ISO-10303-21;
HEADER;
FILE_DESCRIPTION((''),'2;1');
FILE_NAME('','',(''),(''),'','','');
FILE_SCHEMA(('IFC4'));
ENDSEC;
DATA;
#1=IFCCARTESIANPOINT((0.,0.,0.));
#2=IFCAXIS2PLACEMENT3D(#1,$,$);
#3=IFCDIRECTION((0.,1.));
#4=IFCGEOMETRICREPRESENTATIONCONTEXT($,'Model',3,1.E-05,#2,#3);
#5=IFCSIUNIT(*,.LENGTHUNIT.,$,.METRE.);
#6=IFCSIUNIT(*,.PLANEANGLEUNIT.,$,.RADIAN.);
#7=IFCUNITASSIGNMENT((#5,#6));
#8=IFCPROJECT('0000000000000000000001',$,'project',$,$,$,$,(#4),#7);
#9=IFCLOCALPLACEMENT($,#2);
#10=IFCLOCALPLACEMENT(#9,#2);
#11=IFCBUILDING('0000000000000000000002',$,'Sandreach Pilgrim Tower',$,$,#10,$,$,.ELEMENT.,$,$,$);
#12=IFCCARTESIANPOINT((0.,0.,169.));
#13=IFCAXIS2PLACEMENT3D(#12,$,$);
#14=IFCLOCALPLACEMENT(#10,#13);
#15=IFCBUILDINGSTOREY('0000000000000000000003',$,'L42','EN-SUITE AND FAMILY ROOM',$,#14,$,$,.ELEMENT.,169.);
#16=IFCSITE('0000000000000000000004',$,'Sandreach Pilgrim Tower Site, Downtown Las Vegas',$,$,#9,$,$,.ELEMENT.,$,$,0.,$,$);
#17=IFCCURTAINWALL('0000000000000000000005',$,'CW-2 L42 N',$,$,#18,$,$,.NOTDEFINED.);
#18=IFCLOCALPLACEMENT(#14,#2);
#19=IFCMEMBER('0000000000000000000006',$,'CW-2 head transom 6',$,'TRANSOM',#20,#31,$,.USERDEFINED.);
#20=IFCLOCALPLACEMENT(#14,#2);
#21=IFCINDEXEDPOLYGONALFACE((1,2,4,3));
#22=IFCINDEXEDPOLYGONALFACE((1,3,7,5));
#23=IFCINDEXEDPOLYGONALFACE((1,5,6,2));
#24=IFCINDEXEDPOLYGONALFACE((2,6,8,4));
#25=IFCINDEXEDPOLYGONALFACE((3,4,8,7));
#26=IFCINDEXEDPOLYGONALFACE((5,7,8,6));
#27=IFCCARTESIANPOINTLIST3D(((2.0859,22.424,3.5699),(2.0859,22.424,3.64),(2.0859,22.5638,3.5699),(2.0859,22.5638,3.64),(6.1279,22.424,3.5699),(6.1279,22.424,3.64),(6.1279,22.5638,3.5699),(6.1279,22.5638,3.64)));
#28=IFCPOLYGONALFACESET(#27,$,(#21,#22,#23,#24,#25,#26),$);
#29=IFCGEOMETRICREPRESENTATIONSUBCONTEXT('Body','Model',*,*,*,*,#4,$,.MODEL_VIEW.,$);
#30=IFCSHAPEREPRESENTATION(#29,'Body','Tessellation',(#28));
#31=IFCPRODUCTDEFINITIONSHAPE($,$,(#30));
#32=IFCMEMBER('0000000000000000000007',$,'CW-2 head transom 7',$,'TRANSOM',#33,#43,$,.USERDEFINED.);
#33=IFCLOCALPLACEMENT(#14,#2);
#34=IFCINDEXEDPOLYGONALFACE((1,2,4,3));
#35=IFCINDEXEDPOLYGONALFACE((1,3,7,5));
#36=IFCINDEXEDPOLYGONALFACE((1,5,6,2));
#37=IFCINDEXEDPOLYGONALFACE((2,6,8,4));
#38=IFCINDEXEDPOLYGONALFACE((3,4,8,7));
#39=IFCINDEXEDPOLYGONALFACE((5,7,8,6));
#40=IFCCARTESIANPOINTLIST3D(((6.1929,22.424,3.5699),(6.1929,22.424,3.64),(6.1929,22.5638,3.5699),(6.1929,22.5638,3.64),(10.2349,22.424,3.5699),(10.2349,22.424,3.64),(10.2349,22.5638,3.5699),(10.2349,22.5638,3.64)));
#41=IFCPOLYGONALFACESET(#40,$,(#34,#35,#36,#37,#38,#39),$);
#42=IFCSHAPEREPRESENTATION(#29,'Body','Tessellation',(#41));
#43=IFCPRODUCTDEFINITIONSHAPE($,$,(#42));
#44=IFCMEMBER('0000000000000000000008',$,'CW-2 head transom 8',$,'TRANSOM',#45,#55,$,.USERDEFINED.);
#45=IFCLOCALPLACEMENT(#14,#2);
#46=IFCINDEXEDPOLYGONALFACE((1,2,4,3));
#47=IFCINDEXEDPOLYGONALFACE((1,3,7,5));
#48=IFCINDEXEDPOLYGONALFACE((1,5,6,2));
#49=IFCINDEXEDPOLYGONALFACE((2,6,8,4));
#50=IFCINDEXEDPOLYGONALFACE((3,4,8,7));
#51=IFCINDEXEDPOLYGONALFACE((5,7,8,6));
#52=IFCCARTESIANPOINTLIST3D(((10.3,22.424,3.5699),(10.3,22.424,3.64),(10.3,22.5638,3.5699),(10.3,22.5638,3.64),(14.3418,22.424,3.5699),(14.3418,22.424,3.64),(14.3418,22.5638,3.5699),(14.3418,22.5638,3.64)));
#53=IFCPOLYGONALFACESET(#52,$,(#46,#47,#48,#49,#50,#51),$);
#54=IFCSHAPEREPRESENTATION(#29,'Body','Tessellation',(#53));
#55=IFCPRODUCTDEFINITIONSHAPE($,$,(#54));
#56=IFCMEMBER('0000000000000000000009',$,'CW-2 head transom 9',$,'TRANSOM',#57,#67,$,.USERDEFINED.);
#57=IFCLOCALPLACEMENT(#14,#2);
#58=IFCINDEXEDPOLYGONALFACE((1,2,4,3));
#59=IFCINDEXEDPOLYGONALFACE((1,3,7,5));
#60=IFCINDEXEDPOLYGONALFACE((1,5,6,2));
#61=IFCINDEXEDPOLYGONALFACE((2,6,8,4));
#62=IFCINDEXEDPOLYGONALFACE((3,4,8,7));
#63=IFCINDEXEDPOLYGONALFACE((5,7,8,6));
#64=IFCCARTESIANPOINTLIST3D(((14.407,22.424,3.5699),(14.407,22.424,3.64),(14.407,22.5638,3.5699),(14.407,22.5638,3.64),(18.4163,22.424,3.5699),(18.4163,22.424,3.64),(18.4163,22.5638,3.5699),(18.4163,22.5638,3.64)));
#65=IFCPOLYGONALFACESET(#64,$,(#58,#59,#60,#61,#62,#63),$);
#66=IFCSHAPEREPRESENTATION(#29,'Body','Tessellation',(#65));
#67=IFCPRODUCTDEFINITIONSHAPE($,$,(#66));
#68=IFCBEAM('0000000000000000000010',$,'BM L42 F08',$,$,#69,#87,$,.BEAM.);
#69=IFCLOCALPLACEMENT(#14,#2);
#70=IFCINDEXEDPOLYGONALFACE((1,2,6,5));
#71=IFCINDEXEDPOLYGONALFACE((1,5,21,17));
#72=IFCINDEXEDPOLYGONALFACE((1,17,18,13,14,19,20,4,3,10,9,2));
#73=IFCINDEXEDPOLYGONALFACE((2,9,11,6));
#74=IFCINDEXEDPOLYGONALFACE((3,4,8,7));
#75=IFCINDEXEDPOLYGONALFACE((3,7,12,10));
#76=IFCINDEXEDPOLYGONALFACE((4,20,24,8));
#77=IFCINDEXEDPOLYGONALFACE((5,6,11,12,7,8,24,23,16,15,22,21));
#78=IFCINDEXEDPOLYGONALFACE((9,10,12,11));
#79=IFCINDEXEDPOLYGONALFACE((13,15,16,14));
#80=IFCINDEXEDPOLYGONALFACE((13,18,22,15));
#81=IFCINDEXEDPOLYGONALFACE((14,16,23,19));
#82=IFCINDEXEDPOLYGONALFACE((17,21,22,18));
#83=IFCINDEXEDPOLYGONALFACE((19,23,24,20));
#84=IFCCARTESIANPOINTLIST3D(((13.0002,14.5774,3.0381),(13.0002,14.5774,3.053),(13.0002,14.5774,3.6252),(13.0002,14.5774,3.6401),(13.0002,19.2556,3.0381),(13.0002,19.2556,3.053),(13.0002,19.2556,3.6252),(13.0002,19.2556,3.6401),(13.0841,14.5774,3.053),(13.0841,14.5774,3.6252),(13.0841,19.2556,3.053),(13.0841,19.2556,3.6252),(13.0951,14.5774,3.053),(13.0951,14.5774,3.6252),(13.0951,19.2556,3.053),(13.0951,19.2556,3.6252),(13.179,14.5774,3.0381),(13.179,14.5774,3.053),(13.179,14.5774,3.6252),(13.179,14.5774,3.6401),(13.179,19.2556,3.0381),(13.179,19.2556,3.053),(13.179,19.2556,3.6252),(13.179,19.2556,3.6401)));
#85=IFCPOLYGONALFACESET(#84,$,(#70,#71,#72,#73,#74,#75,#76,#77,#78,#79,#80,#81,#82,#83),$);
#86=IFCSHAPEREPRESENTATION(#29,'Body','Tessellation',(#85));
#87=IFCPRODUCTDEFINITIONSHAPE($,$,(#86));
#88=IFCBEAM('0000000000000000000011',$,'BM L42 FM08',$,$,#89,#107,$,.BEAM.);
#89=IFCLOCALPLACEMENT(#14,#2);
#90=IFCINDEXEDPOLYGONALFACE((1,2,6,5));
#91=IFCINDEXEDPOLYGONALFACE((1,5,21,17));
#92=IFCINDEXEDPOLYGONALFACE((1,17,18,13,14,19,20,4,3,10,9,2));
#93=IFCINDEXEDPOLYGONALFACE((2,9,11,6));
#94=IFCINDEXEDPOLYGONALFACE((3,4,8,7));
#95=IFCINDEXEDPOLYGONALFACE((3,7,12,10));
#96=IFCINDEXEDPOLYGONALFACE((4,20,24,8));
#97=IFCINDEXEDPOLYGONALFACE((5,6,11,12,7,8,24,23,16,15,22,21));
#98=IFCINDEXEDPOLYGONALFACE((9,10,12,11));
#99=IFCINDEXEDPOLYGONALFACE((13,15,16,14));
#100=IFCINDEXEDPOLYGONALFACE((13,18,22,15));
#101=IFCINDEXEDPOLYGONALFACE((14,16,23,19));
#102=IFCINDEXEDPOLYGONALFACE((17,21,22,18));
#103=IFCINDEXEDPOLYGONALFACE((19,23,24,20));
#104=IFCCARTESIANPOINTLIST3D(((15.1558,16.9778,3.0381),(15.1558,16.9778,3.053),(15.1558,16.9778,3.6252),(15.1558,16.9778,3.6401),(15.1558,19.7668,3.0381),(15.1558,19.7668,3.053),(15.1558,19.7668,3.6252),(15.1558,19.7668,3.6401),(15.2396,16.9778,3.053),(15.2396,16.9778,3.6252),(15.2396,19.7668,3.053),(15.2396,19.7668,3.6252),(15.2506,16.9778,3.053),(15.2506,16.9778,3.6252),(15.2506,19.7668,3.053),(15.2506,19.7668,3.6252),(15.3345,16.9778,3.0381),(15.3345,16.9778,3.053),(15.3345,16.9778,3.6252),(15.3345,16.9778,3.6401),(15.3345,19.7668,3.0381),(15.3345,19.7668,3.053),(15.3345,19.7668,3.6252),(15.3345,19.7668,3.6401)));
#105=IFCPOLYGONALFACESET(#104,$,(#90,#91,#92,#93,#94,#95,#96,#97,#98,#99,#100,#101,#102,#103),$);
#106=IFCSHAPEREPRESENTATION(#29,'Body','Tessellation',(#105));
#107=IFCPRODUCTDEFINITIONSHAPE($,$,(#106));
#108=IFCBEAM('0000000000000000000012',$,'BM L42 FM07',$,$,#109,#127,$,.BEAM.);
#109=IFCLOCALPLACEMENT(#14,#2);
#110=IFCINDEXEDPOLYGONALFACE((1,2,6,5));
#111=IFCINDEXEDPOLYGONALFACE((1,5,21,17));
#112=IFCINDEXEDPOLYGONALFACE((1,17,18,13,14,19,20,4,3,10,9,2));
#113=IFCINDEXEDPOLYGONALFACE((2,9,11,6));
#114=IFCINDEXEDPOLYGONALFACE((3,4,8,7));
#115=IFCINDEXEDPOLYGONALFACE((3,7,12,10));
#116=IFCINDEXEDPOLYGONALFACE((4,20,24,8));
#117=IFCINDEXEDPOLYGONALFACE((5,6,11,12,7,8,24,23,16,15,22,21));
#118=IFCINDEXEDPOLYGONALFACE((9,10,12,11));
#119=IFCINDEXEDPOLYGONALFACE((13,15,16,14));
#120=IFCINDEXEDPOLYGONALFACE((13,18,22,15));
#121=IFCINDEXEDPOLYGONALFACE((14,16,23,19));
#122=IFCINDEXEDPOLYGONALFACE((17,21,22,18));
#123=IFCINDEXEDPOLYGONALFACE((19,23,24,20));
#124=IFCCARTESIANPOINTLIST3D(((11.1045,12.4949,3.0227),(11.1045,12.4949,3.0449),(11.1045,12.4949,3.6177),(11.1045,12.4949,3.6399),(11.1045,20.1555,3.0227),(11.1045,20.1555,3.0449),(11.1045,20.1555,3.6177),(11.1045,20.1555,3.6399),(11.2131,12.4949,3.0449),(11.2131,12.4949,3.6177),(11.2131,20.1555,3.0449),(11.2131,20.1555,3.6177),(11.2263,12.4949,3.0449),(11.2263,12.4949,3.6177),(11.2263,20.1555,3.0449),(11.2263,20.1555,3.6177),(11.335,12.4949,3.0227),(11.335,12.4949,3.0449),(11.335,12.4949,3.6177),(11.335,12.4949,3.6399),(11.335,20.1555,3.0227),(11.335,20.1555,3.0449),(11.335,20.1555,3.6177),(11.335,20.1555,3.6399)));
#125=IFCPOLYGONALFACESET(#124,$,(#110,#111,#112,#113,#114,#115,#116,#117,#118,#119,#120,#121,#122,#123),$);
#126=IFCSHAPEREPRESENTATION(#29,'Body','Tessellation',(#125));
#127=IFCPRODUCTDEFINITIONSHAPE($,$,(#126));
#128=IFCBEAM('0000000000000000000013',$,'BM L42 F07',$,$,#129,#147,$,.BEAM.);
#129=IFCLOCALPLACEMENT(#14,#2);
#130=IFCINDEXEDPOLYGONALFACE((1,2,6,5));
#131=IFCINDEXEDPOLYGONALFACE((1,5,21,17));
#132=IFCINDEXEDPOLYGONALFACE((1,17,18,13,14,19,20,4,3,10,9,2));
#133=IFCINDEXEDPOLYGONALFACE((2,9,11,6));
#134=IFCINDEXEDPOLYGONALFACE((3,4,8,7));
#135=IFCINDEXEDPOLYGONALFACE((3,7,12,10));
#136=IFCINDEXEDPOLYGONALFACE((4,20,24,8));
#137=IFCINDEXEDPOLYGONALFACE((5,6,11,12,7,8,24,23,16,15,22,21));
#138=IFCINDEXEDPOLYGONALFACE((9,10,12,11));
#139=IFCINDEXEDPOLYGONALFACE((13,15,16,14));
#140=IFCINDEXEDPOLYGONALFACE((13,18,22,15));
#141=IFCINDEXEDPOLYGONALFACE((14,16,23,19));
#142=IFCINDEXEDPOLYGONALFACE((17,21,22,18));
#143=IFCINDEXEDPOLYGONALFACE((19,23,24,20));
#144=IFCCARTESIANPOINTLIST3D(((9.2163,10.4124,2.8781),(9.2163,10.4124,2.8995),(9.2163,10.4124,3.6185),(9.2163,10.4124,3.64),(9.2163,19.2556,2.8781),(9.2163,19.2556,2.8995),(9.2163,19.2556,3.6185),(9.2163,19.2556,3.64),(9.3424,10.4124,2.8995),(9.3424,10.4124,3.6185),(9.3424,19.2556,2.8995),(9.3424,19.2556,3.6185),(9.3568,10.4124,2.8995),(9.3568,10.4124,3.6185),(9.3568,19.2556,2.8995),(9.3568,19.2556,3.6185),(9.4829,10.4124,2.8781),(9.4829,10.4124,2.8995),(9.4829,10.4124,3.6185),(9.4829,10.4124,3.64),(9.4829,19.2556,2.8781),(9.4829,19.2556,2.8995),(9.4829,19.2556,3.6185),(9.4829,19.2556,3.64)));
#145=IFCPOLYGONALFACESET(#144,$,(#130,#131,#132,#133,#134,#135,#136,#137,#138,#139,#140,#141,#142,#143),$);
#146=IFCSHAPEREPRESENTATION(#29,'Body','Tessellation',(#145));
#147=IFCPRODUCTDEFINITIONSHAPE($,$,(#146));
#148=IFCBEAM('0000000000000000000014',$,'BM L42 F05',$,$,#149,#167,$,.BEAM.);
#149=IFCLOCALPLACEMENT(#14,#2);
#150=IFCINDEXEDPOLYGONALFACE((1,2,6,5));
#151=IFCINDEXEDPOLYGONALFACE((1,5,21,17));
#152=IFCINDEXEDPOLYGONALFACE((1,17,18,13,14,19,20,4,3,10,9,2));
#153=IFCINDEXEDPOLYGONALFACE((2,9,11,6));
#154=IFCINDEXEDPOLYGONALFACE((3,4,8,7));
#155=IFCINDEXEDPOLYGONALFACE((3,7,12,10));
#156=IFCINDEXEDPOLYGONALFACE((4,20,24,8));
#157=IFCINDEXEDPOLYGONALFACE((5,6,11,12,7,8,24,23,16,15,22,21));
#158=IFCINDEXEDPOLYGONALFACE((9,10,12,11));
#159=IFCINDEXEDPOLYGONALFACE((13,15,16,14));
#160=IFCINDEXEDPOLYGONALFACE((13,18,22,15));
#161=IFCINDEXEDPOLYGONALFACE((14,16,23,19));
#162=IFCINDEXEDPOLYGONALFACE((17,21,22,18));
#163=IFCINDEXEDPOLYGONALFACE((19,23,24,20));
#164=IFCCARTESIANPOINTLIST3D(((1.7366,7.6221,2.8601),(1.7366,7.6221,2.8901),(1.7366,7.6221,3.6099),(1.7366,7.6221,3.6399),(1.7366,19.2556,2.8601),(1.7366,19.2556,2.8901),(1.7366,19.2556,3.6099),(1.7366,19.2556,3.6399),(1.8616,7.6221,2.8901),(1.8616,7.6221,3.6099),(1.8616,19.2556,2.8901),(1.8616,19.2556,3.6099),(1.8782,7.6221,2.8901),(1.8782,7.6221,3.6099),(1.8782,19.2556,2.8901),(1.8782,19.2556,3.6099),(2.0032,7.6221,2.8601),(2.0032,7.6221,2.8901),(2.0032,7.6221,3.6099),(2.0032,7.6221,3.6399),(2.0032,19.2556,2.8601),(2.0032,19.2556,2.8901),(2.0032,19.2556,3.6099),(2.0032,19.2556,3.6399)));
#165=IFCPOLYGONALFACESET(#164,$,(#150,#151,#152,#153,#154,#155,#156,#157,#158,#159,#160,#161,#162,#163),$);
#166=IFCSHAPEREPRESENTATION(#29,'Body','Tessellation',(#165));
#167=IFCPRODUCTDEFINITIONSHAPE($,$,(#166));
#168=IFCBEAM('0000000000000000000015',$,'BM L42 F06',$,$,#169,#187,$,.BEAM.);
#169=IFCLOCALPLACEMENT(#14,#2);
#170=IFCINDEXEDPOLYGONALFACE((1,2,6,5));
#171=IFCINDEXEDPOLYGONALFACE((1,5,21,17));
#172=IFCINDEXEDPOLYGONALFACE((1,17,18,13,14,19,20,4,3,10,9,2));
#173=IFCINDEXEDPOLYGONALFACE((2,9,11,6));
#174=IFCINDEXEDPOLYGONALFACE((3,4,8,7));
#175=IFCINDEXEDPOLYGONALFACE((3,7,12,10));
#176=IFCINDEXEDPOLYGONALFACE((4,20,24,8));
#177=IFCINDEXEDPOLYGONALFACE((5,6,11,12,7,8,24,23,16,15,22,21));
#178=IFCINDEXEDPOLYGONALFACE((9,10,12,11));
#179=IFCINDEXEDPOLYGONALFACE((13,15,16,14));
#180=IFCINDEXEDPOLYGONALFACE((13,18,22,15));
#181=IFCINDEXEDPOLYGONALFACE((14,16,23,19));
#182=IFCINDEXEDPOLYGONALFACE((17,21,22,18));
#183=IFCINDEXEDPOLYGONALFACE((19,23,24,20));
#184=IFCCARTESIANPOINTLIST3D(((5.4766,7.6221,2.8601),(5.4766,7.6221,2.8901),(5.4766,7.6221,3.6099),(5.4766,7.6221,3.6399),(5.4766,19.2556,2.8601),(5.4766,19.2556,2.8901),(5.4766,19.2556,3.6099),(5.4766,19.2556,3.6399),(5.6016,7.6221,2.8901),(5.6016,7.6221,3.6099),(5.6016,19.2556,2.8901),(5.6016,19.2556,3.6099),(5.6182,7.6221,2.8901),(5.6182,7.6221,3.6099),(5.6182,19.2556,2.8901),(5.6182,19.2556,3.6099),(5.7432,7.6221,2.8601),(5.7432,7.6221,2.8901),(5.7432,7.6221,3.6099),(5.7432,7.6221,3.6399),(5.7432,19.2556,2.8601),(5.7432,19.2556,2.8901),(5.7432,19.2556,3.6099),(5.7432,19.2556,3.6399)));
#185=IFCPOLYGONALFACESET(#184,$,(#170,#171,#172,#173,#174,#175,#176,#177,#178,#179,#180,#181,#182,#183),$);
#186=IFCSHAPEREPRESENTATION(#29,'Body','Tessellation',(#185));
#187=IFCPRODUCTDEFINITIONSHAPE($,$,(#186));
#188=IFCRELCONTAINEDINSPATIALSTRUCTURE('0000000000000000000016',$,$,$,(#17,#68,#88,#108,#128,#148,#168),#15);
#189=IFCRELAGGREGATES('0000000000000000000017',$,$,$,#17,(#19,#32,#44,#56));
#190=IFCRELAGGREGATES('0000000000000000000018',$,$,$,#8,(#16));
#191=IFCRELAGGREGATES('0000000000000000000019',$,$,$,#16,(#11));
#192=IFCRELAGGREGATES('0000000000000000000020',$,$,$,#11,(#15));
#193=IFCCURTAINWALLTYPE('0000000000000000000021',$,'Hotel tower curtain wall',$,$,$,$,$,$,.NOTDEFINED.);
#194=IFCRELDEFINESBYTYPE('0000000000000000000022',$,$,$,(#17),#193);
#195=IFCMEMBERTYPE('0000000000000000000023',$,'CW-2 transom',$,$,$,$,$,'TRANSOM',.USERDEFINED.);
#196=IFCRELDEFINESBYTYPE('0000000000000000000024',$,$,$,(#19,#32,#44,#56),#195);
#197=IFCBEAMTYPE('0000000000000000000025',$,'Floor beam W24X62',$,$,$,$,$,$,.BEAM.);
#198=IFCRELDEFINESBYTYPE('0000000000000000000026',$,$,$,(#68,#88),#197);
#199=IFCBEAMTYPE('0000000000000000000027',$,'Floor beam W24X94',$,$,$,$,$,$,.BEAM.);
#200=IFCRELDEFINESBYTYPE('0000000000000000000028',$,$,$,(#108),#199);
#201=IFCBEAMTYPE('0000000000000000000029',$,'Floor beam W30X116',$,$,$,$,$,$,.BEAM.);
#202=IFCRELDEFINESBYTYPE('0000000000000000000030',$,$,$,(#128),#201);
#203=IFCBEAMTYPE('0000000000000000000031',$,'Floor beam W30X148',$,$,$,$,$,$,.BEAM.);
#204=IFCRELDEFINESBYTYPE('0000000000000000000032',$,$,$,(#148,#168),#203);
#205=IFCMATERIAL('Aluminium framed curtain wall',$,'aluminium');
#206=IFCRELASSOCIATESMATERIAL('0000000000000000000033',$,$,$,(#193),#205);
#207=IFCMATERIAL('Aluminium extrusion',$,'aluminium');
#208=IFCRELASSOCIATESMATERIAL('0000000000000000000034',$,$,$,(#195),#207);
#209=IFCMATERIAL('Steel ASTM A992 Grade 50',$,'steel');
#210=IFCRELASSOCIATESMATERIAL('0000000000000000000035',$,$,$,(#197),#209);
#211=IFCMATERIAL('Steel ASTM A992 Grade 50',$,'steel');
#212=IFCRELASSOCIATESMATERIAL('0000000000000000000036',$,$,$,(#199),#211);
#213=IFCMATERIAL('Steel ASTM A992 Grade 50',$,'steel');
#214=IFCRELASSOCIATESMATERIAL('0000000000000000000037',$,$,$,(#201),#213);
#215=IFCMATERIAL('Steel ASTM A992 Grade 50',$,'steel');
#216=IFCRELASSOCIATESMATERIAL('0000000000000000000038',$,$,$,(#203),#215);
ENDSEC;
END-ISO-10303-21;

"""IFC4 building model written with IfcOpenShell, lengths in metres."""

from ifc_helpers import new_model, si_unit, direction, frame, origin, origin_2d, place, context, subcontext, project, spatial, rectangle, i_section, extrude, material, material_profile, profile_set, type_object, element, aggregate, save


model = new_model("IFC4")

# Units and contexts
model_context = context("Model", 3, precision=1e-05, world=origin(), true_north=direction((0.0, 1.0)))
body_context = subcontext(model_context, "Body", "Model", "MODEL_VIEW")
ifc_project = project(units=[si_unit("LENGTHUNIT", "METRE"), si_unit("PLANEANGLEUNIT", "RADIAN")], contexts=[model_context])

# Site, building, storey
site_placement = place(None, origin())
site = spatial("IfcSite", under=ifc_project, at=site_placement, Name="Sandreach Pilgrim Tower Site, Downtown Las Vegas", CompositionType="ELEMENT", RefElevation=0.0)
building_placement = place(site_placement, origin())
building = spatial("IfcBuilding", under=site, at=building_placement, Name="Sandreach Pilgrim Tower", CompositionType="ELEMENT")
storey_placement = place(building_placement, frame((0.0, 0.0, 169.0)))
storey = spatial("IfcBuildingStorey", under=building, at=storey_placement, Name="L42", Description="EN-SUITE AND FAMILY ROOM", CompositionType="ELEMENT", Elevation=169.0)

# Curtain wall, members
ifc_material_1 = material(Name="Aluminium framed curtain wall", Category="aluminium")
curtain_wall_type = type_object("IfcCurtainWallType", Name="Hotel tower curtain wall", PredefinedType="NOTDEFINED", material=ifc_material_1)
curtain_wall_placement = place(storey_placement, origin())
curtain_wall = element("IfcCurtainWall", 1, at=curtain_wall_placement, inside=storey, type_object=curtain_wall_type, Name="CW-2 L42 N", PredefinedType="NOTDEFINED")
ifc_material_2 = material(Name="Aluminium extrusion", Category="aluminium")
ifc_material_profile_1 = material_profile(ifc_material_2, rectangle(XDim=0.1399, YDim=0.0701, at=origin_2d()), Name="CW-2T 140X70")
ifc_profile_set_1 = profile_set([ifc_material_profile_1], Name="Aluminium extrusion")
member_type_1 = type_object("IfcMemberType", Name="CW-2 transom", ElementType="TRANSOM", PredefinedType="USERDEFINED", material=ifc_profile_set_1)
member_1_placement = place(storey_placement, frame((2.0859, 22.4939, 3.605), z_axis=(1.0, 0.0, 0.0), x_axis=(0.0, 1.0, 0.0)))
member_1 = element("IfcMember", 2, at=member_1_placement, type_object=member_type_1, Name="CW-2 head transom 6", ObjectType="TRANSOM", PredefinedType="USERDEFINED", context=body_context, shape_type="SweptSolid", body=[
    extrude(rectangle(XDim=0.1399, YDim=0.0701, at=origin_2d()), origin(), (0.0, 0.0, 1.0), 4.042),
])
member_2_placement = place(storey_placement, frame((6.1929, 22.4939, 3.605), z_axis=(1.0, 0.0, 0.0), x_axis=(0.0, 1.0, 0.0)))
member_2 = element("IfcMember", 3, at=member_2_placement, type_object=member_type_1, Name="CW-2 head transom 7", ObjectType="TRANSOM", PredefinedType="USERDEFINED", context=body_context, shape_type="SweptSolid", body=[
    extrude(rectangle(XDim=0.1399, YDim=0.0701, at=origin_2d()), origin(), (0.0, 0.0, 1.0), 4.042),
])
member_3_placement = place(storey_placement, frame((10.3, 22.4939, 3.605), z_axis=(1.0, 0.0, 0.0), x_axis=(0.0, 1.0, 0.0)))
member_3 = element("IfcMember", 4, at=member_3_placement, type_object=member_type_1, Name="CW-2 head transom 8", ObjectType="TRANSOM", PredefinedType="USERDEFINED", context=body_context, shape_type="SweptSolid", body=[
    extrude(rectangle(XDim=0.1399, YDim=0.0701, at=origin_2d()), origin(), (0.0, 0.0, 1.0), 4.0417),
])
member_4_placement = place(storey_placement, frame((14.407, 22.4939, 3.605), z_axis=(1.0, 0.0, 0.0), x_axis=(0.0, 1.0, 0.0)))
member_4 = element("IfcMember", 5, at=member_4_placement, type_object=member_type_1, Name="CW-2 head transom 9", ObjectType="TRANSOM", PredefinedType="USERDEFINED", context=body_context, shape_type="SweptSolid", body=[
    extrude(rectangle(XDim=0.1399, YDim=0.0701, at=origin_2d()), origin(), (0.0, 0.0, 1.0), 4.0093),
])

# Beams
ifc_material_3 = material(Name="Steel ASTM A992 Grade 50", Category="steel")
ifc_material_profile_2 = material_profile(ifc_material_3, i_section(OverallWidth=0.1787, OverallDepth=0.6021, WebThickness=0.011, FlangeThickness=0.0149, at=origin_2d()), Name="W24X62")
ifc_profile_set_2 = profile_set([ifc_material_profile_2], Name="Steel ASTM A992 Grade 50")
beam_type_1 = type_object("IfcBeamType", Name="Floor beam W24X62", PredefinedType="BEAM", material=ifc_profile_set_2)
beam_1_placement = place(storey_placement, frame((13.0896, 19.2556, 3.3391), z_axis=(0.0, -1.0, 0.0), x_axis=(1.0, 0.0, 0.0)))
element("IfcBeam", 6, at=beam_1_placement, inside=storey, type_object=beam_type_1, Name="BM L42 F08", PredefinedType="BEAM", context=body_context, shape_type="SweptSolid", body=[
    extrude(i_section(OverallWidth=0.1787, OverallDepth=0.6021, WebThickness=0.011, FlangeThickness=0.0149, at=origin_2d()), origin(), (0.0, 0.0, 1.0), 4.6782),
])
beam_2_placement = place(storey_placement, frame((15.2451, 19.7668, 3.3391), z_axis=(0.0, -1.0, 0.0), x_axis=(1.0, 0.0, 0.0)))
element("IfcBeam", 7, at=beam_2_placement, inside=storey, type_object=beam_type_1, Name="BM L42 FM08", PredefinedType="BEAM", context=body_context, shape_type="SweptSolid", body=[
    extrude(i_section(OverallWidth=0.1787, OverallDepth=0.6021, WebThickness=0.011, FlangeThickness=0.0149, at=origin_2d()), origin(), (0.0, 0.0, 1.0), 2.7891),
])
ifc_material_4 = material(Name="Steel ASTM A992 Grade 50", Category="steel")
ifc_material_profile_3 = material_profile(ifc_material_4, i_section(OverallWidth=0.2305, OverallDepth=0.6172, WebThickness=0.0132, FlangeThickness=0.0222, at=origin_2d()), Name="W24X94")
ifc_profile_set_3 = profile_set([ifc_material_profile_3], Name="Steel ASTM A992 Grade 50")
beam_type_2 = type_object("IfcBeamType", Name="Floor beam W24X94", PredefinedType="BEAM", material=ifc_profile_set_3)
beam_3_placement = place(storey_placement, frame((11.2197, 20.1555, 3.3313), z_axis=(0.0, -1.0, 0.0), x_axis=(1.0, 0.0, 0.0)))
element("IfcBeam", 8, at=beam_3_placement, inside=storey, type_object=beam_type_2, Name="BM L42 FM07", PredefinedType="BEAM", context=body_context, shape_type="SweptSolid", body=[
    extrude(i_section(OverallWidth=0.2305, OverallDepth=0.6172, WebThickness=0.0132, FlangeThickness=0.0222, at=origin_2d()), origin(), (0.0, 0.0, 1.0), 7.6606),
])
ifc_material_5 = material(Name="Steel ASTM A992 Grade 50", Category="steel")
ifc_material_profile_4 = material_profile(ifc_material_5, i_section(OverallWidth=0.2666, OverallDepth=0.762, WebThickness=0.0144, FlangeThickness=0.0215, at=origin_2d()), Name="W30X116")
ifc_profile_set_4 = profile_set([ifc_material_profile_4], Name="Steel ASTM A992 Grade 50")
beam_type_3 = type_object("IfcBeamType", Name="Floor beam W30X116", PredefinedType="BEAM", material=ifc_profile_set_4)
beam_4_placement = place(storey_placement, frame((9.3496, 19.2556, 3.259), z_axis=(0.0, -1.0, 0.0), x_axis=(1.0, 0.0, 0.0)))
element("IfcBeam", 9, at=beam_4_placement, inside=storey, type_object=beam_type_3, Name="BM L42 F07", PredefinedType="BEAM", context=body_context, shape_type="SweptSolid", body=[
    extrude(i_section(OverallWidth=0.2666, OverallDepth=0.762, WebThickness=0.0144, FlangeThickness=0.0215, at=origin_2d()), origin(), (0.0, 0.0, 1.0), 8.8433),
])
ifc_material_6 = material(Name="Steel ASTM A992 Grade 50", Category="steel")
ifc_material_profile_5 = material_profile(ifc_material_6, i_section(OverallWidth=0.2666, OverallDepth=0.7798, WebThickness=0.0166, FlangeThickness=0.03, at=origin_2d()), Name="W30X148")
ifc_profile_set_5 = profile_set([ifc_material_profile_5], Name="Steel ASTM A992 Grade 50")
beam_type_4 = type_object("IfcBeamType", Name="Floor beam W30X148", PredefinedType="BEAM", material=ifc_profile_set_5)
for number, where, z_axis, x_axis, name in (
    (10, (1.8699, 19.2556, 3.25), (0.0, -1.0, 0.0), (1.0, 0.0, 0.0), "BM L42 F05"),
    (11, (5.6099, 19.2556, 3.25), (0.0, -1.0, 0.0), (1.0, 0.0, 0.0), "BM L42 F06"),
):
    element("IfcBeam", number, at=place(storey_placement, frame(where, z_axis=z_axis, x_axis=x_axis)), inside=storey, type_object=beam_type_4, Name=name, PredefinedType="BEAM", context=body_context, shape_type="SweptSolid", body=[
        extrude(i_section(OverallWidth=0.2666, OverallDepth=0.7798, WebThickness=0.0166, FlangeThickness=0.03, at=origin_2d()), origin(), (0.0, 0.0, 1.0), 11.6335),
    ])

aggregate(curtain_wall, [member_1, member_2, member_3, member_4])

save(model, "model.ifc")
